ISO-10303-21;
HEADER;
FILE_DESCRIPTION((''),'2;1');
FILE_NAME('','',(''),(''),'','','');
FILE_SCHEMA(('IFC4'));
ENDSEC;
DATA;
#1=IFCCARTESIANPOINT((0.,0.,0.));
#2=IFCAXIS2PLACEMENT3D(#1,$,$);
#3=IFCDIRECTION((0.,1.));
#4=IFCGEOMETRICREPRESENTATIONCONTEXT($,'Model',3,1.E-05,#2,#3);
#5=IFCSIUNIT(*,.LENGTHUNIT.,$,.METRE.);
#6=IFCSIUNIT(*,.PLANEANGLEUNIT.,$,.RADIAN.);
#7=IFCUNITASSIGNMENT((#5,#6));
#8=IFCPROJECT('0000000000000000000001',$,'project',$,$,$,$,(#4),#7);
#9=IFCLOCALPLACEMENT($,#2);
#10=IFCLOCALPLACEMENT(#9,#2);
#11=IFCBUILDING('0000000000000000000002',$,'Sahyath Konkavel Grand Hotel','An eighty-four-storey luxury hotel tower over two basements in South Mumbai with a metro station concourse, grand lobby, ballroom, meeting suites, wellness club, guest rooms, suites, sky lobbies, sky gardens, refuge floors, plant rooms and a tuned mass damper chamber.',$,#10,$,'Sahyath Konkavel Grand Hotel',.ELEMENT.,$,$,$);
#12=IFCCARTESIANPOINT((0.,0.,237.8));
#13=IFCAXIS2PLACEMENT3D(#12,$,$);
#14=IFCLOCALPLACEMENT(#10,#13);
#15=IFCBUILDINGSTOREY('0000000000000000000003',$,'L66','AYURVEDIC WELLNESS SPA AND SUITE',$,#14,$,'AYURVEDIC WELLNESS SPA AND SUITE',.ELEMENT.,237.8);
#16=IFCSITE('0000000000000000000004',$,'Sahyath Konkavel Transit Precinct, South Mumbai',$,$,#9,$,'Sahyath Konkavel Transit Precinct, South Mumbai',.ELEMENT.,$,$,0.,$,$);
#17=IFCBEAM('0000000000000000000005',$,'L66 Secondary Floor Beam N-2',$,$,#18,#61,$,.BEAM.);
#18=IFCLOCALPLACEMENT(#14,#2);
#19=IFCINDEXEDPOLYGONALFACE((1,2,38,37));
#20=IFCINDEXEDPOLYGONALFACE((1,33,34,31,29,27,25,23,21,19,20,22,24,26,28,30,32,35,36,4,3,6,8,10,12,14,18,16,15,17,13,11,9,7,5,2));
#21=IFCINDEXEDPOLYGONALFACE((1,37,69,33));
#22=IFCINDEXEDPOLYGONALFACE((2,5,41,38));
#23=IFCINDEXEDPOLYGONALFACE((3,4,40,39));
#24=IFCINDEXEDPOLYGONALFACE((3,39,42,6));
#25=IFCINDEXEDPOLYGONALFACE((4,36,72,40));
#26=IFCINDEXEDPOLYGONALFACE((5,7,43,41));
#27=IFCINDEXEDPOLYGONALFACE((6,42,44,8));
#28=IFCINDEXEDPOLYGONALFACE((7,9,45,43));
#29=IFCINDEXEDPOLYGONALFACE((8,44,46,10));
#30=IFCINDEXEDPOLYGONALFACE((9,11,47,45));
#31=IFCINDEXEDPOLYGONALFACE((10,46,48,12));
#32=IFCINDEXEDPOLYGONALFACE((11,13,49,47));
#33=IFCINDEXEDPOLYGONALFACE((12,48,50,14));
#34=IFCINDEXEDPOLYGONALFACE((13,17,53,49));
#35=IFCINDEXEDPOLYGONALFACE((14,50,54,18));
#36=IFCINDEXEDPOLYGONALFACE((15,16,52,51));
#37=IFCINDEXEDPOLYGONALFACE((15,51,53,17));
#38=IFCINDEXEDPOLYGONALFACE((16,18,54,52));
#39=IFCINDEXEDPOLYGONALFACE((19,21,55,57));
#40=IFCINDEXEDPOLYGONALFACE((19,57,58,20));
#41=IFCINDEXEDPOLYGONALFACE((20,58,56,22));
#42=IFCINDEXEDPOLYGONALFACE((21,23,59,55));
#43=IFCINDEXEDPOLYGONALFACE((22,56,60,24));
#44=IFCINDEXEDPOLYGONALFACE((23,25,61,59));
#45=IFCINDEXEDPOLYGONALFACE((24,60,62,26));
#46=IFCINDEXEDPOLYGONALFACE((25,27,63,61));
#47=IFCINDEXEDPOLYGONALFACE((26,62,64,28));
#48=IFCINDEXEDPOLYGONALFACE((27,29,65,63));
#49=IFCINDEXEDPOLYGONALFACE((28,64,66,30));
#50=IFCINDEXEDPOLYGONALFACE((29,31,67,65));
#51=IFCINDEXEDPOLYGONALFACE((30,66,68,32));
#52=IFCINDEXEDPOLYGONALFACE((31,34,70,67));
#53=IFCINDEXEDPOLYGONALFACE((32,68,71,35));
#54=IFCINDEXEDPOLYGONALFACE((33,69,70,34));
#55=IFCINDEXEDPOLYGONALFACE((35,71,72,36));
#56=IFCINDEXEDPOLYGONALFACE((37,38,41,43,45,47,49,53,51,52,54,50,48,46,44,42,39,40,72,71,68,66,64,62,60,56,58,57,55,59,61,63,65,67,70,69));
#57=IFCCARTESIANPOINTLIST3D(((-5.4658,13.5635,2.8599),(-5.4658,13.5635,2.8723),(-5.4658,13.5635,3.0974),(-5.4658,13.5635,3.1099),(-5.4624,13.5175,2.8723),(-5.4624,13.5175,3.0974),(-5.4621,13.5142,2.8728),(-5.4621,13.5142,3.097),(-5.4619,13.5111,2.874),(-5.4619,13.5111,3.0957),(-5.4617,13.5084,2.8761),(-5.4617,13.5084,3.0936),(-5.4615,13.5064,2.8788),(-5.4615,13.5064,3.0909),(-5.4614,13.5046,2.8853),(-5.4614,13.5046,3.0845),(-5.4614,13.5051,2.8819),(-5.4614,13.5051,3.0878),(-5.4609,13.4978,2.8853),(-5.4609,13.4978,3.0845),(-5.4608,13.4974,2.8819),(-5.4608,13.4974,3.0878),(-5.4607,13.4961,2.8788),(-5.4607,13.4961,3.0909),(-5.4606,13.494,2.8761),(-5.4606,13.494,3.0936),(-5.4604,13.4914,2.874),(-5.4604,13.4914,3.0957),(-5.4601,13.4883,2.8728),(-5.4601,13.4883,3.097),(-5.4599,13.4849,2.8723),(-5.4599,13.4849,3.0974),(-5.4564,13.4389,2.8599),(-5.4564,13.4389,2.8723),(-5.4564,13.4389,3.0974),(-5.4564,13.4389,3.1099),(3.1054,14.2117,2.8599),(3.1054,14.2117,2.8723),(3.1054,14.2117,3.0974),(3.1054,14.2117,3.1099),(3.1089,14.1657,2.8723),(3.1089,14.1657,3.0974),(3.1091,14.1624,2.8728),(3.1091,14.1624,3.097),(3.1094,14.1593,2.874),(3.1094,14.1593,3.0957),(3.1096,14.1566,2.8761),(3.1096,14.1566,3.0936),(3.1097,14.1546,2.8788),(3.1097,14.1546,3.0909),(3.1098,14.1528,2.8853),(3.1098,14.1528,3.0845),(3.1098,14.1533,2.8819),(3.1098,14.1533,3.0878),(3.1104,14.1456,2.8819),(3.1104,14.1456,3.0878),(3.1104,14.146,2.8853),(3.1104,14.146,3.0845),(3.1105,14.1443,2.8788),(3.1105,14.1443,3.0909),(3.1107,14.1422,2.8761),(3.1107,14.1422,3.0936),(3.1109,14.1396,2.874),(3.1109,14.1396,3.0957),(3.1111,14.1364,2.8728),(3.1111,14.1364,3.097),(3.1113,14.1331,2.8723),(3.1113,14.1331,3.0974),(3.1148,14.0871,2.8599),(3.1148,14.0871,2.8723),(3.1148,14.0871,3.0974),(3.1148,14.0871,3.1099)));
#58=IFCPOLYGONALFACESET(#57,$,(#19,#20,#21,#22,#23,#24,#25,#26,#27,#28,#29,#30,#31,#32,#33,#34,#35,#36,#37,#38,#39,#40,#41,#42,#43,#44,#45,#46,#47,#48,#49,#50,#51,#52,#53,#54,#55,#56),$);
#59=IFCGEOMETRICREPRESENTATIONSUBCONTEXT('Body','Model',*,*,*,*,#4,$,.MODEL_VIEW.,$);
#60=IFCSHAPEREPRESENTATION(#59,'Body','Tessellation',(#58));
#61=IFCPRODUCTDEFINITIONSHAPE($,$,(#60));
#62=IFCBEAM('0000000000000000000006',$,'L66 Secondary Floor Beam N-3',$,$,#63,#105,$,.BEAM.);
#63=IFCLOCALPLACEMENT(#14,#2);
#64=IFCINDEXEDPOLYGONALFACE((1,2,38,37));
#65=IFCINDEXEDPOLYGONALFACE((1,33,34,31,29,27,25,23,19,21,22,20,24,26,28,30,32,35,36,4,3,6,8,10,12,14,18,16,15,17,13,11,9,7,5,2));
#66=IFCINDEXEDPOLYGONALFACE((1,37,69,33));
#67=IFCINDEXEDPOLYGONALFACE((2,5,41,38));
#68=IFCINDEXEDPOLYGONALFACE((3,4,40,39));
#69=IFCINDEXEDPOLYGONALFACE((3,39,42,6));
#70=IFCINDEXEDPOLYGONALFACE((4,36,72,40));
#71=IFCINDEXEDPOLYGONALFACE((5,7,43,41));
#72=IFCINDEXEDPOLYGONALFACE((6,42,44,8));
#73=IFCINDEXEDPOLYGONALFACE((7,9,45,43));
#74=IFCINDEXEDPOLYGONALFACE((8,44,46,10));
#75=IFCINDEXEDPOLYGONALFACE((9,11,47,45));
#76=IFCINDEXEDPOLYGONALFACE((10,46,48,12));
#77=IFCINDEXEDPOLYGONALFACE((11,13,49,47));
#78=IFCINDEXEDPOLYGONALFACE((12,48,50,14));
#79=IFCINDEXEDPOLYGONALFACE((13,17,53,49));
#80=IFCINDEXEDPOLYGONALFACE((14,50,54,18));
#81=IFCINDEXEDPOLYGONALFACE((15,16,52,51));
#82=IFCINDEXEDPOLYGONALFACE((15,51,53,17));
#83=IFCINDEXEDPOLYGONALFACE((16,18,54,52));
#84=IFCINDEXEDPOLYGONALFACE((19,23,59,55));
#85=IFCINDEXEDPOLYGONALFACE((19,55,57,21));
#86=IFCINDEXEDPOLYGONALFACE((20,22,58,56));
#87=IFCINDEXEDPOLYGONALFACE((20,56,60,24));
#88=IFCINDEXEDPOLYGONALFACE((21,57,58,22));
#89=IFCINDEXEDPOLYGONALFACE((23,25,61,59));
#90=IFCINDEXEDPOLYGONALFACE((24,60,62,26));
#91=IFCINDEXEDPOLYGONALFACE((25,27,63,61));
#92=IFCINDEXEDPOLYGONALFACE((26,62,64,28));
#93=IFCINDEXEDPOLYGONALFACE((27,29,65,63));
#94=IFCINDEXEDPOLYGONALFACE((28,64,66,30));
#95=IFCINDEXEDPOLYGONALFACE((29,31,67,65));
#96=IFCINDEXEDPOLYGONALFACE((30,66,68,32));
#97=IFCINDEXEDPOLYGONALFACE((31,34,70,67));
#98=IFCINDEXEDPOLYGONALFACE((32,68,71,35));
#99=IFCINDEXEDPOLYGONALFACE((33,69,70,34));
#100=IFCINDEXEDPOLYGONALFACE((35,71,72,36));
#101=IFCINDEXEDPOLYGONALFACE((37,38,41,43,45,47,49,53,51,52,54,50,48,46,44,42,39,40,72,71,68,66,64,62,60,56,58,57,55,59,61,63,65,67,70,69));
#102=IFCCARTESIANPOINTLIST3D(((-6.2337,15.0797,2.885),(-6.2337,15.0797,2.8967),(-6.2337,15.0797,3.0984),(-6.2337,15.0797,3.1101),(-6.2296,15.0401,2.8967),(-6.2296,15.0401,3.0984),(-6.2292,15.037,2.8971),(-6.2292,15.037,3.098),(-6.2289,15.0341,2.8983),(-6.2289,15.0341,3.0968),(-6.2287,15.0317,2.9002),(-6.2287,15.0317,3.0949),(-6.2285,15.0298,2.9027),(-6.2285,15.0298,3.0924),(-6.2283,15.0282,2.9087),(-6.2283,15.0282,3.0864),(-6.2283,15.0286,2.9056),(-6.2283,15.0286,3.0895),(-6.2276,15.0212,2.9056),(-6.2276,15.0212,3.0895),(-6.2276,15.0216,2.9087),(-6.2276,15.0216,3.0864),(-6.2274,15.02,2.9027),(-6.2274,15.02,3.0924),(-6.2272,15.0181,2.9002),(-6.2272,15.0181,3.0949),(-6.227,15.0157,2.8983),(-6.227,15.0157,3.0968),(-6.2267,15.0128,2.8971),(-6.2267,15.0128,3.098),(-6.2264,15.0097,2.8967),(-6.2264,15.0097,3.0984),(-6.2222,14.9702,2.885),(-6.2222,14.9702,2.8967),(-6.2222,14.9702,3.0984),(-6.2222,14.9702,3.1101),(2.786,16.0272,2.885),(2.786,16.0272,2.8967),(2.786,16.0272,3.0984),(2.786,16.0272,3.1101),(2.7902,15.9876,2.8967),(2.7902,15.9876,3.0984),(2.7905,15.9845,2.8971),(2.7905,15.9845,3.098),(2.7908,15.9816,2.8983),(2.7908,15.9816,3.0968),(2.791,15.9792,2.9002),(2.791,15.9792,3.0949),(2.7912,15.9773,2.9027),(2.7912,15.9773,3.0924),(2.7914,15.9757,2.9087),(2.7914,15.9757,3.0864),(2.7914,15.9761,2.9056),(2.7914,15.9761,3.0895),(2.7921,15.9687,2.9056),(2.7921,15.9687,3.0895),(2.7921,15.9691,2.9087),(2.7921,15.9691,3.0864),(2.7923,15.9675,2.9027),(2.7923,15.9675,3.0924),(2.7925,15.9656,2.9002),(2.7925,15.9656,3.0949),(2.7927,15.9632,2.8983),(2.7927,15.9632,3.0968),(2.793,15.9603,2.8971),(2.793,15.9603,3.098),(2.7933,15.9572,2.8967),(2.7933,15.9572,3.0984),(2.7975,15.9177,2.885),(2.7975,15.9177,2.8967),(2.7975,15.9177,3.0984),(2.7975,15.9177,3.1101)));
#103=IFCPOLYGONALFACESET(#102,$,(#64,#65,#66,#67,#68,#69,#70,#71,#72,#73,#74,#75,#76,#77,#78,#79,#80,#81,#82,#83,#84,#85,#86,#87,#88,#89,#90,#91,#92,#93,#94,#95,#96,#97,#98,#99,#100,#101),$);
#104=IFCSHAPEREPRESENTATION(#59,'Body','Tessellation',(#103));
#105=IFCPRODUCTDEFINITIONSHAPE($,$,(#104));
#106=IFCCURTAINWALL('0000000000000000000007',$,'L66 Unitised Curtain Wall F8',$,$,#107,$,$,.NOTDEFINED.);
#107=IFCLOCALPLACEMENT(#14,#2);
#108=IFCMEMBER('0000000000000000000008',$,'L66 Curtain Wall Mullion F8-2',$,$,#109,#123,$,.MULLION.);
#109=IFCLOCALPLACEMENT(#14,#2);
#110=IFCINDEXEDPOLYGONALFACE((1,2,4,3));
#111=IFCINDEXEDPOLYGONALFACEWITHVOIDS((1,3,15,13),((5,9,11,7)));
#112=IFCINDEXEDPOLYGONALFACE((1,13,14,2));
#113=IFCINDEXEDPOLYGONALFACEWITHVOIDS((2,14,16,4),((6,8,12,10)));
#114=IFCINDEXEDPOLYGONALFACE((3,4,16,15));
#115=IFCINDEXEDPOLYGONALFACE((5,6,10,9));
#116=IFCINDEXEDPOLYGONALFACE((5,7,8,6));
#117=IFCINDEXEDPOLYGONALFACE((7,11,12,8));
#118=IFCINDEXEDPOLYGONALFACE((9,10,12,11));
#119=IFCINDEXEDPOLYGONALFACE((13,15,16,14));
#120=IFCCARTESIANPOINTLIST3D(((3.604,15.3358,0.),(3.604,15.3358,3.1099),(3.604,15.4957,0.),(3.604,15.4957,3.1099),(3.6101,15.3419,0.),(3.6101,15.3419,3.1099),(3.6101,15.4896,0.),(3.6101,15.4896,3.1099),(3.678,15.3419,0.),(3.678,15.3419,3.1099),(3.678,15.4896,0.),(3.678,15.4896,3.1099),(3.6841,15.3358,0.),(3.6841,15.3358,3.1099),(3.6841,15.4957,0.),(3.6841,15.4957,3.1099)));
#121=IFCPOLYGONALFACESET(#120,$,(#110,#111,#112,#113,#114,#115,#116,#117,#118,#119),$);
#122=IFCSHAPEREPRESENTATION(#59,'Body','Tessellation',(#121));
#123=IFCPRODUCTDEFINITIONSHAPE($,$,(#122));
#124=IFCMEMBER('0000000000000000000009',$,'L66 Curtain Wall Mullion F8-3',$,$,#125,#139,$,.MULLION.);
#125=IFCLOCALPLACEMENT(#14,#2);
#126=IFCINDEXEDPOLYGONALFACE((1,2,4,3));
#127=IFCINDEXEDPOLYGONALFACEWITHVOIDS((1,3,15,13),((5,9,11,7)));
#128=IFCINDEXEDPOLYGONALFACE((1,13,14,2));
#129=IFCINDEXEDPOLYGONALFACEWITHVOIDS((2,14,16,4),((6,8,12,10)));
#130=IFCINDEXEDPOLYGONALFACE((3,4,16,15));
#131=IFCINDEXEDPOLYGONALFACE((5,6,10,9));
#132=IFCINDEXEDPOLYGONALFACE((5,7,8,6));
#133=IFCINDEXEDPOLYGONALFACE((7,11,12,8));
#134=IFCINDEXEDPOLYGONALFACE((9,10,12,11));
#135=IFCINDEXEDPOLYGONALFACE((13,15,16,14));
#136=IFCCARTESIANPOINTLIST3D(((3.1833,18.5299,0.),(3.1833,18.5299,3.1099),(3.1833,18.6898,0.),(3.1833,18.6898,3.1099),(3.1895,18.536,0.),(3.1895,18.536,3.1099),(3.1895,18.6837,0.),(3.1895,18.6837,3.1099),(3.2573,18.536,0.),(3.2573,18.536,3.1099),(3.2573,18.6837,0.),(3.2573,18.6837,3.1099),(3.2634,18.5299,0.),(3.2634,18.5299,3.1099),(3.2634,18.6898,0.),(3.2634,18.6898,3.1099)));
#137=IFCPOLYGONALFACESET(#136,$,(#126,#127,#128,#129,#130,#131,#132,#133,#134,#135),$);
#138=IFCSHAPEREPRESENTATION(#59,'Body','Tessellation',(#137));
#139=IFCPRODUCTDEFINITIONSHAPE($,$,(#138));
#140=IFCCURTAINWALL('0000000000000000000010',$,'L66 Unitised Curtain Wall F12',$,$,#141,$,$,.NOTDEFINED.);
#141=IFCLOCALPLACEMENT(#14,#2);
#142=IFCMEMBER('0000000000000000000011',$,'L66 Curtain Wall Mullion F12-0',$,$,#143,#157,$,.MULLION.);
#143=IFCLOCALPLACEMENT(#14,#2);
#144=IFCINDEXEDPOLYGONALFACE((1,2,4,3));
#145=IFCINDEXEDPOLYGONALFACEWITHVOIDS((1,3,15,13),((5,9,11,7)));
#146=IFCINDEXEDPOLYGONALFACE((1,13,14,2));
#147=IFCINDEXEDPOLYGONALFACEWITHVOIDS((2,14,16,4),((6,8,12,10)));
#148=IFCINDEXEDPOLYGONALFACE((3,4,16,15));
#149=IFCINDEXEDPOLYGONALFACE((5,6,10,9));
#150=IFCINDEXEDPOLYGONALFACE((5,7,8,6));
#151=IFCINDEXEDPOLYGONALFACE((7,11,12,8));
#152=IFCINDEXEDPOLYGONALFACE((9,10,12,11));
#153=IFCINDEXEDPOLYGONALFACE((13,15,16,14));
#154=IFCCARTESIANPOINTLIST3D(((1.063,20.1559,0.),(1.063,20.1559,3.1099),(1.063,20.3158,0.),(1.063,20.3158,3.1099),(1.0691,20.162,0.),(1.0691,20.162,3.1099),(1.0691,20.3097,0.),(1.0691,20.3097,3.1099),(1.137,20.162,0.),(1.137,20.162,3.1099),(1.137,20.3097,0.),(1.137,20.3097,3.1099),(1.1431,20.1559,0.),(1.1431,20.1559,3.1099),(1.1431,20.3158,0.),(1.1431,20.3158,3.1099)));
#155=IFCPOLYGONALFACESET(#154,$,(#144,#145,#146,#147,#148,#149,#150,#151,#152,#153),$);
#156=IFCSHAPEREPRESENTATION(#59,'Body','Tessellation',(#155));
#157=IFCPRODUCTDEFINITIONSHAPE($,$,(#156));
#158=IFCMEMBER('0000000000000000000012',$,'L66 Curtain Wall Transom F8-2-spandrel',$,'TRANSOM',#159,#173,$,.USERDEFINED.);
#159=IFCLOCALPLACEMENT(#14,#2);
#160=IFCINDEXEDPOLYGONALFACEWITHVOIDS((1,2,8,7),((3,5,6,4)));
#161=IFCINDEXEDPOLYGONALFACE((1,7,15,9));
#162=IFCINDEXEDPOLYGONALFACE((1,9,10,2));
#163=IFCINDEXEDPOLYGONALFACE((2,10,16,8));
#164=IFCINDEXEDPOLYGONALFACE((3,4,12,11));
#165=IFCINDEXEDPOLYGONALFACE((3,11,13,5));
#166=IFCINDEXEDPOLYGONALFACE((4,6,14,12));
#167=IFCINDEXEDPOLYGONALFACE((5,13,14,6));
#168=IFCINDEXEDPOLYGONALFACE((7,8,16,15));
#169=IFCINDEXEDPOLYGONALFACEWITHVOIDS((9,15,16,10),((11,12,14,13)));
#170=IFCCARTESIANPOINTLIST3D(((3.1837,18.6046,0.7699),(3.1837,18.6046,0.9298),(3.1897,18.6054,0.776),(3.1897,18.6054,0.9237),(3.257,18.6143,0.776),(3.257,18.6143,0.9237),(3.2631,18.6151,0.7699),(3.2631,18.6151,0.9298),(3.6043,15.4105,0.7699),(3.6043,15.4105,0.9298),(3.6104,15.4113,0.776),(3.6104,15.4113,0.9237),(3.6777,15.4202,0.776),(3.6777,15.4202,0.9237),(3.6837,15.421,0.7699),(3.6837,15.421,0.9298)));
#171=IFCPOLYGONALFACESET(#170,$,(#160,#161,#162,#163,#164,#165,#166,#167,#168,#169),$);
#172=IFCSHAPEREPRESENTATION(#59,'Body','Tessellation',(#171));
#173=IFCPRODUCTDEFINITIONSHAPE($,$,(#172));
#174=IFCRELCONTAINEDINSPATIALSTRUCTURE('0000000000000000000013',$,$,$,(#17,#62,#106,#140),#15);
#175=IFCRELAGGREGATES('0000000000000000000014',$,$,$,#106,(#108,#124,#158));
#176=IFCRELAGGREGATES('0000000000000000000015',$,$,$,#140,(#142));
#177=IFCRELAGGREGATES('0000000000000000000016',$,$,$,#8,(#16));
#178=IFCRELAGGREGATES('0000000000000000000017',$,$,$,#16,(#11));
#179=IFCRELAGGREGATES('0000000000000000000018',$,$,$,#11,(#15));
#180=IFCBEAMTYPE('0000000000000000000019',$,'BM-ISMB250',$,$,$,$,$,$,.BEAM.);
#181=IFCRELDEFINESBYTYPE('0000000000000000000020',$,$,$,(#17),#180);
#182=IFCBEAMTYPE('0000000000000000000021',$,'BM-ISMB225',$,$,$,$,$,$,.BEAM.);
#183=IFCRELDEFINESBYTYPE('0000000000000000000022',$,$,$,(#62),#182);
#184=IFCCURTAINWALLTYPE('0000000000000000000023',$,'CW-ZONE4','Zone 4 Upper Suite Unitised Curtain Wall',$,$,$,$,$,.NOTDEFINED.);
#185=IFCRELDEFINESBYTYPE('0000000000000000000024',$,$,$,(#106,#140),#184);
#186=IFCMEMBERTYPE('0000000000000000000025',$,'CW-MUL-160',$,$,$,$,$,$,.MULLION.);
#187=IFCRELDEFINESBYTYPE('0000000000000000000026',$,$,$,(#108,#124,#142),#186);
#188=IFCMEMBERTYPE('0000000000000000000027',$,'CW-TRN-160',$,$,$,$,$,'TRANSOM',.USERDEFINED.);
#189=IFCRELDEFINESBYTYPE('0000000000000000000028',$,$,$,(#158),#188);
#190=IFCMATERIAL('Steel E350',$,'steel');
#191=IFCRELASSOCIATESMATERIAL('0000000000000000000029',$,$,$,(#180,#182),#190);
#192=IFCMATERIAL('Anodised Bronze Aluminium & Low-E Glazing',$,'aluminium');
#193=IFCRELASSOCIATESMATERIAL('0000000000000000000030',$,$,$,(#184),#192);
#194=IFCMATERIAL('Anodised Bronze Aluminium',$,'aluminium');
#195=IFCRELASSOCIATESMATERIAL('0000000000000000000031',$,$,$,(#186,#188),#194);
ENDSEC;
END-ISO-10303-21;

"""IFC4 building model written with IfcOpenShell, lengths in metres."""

from ifc_helpers import new_model, si_unit, direction, frame, origin, origin_2d, place, context, subcontext, project, spatial, hollow_rectangle, i_section, extrude, source, transform, mapped, material, material_profile, profile_set, type_object, element, aggregate, save


model = new_model("IFC4")

# Units and contexts
model_context = context("Model", 3, precision=1e-05, world=origin(), true_north=direction((0.0, 1.0)))
body_context = subcontext(model_context, "Body", "Model", "MODEL_VIEW")
ifc_project = project(units=[si_unit("LENGTHUNIT", "METRE"), si_unit("PLANEANGLEUNIT", "RADIAN")], contexts=[model_context])

# Site, building, storey
site_placement = place(None, origin())
site = spatial("IfcSite", under=ifc_project, at=site_placement, Name="Sahyath Konkavel Transit Precinct, South Mumbai", LongName="Sahyath Konkavel Transit Precinct, South Mumbai", CompositionType="ELEMENT", RefElevation=0.0)
building_placement = place(site_placement, origin())
building = spatial("IfcBuilding", under=site, at=building_placement, Name="Sahyath Konkavel Grand Hotel", Description="An eighty-four-storey luxury hotel tower over two basements in South Mumbai with a metro station concourse, grand lobby, ballroom, meeting suites, wellness club, guest rooms, suites, sky lobbies, sky gardens, refuge floors, plant rooms and a tuned mass damper chamber.", LongName="Sahyath Konkavel Grand Hotel", CompositionType="ELEMENT")
storey_placement = place(building_placement, frame((0.0, 0.0, 237.8)))
storey = spatial("IfcBuildingStorey", under=building, at=storey_placement, Name="L66", Description="AYURVEDIC WELLNESS SPA AND SUITE", LongName="AYURVEDIC WELLNESS SPA AND SUITE", CompositionType="ELEMENT", Elevation=237.8)

# Beams
ifc_material_1 = material(Name="Steel E350", Category="steel")
ifc_material_profile_1 = material_profile(ifc_material_1, i_section(OverallWidth=0.125, OverallDepth=0.25, WebThickness=0.0068, FlangeThickness=0.0125, FilletRadius=0.0129, at=origin_2d()), Name="ISMB 250")
ifc_profile_set_1 = profile_set([ifc_material_profile_1], Name="Steel E350")
beam_type_1 = type_object("IfcBeamType", Name="BM-ISMB250", PredefinedType="BEAM", material=ifc_profile_set_1)
shared_shape_1 = source(origin(), body_context, "Body", "SweptSolid", [
    extrude(i_section(OverallWidth=0.125, OverallDepth=0.25, WebThickness=0.0068, FlangeThickness=0.0125, FilletRadius=0.0129, at=origin_2d()), origin(), (0.0, 0.0, 1.0), 8.5957),
])
beam_1_placement = place(storey_placement, frame((3.1101, 14.1494, 2.9849), z_axis=(-0.997153, -0.075408, 0.0), x_axis=(0.075408, -0.997153, 0.0)))
element("IfcBeam", 1, at=beam_1_placement, inside=storey, type_object=beam_type_1, Name="L66 Secondary Floor Beam N-2", PredefinedType="BEAM", context=body_context, shape_type="MappedRepresentation", body=[
    mapped(shared_shape_1, transform((0.0, 0.0, 0.0), scale=1.0)),
])
ifc_material_profile_2 = material_profile(ifc_material_1, i_section(OverallWidth=0.1101, OverallDepth=0.2251, WebThickness=0.0066, FlangeThickness=0.0117, FilletRadius=0.012, at=origin_2d()), Name="ISMB 225")
ifc_profile_set_2 = profile_set([ifc_material_profile_2], Name="Steel E350")
beam_type_2 = type_object("IfcBeamType", Name="BM-ISMB225", PredefinedType="BEAM", material=ifc_profile_set_2)
shared_shape_2 = source(origin(), body_context, "Body", "SweptSolid", [
    extrude(i_section(OverallWidth=0.1101, OverallDepth=0.2251, WebThickness=0.0066, FlangeThickness=0.0117, FilletRadius=0.012, at=origin_2d()), origin(), (0.0, 0.0, 1.0), 9.0693),
])
beam_2_placement = place(storey_placement, frame((2.7917, 15.9724, 2.9976), z_axis=(-0.994528, -0.104473, 0.0), x_axis=(0.104473, -0.994528, 0.0)))
element("IfcBeam", 2, at=beam_2_placement, inside=storey, type_object=beam_type_2, Name="L66 Secondary Floor Beam N-3", PredefinedType="BEAM", context=body_context, shape_type="MappedRepresentation", body=[
    mapped(shared_shape_2, transform((0.0, 0.0, 0.0), scale=1.0)),
])

# Curtain wall, members
ifc_material_2 = material(Name="Anodised Bronze Aluminium & Low-E Glazing", Category="aluminium")
curtain_wall_type = type_object("IfcCurtainWallType", Name="CW-ZONE4", Description="Zone 4 Upper Suite Unitised Curtain Wall", PredefinedType="NOTDEFINED", material=ifc_material_2)
curtain_wall_1_placement = place(storey_placement, origin())
curtain_wall_1 = element("IfcCurtainWall", 3, at=curtain_wall_1_placement, inside=storey, type_object=curtain_wall_type, Name="L66 Unitised Curtain Wall F8", PredefinedType="NOTDEFINED")
ifc_material_3 = material(Name="Anodised Bronze Aluminium", Category="aluminium")
ifc_material_profile_3 = material_profile(ifc_material_3, hollow_rectangle(XDim=0.0801, YDim=0.1599, WallThickness=0.0061, at=origin_2d()), Name="RHS 160x80x6")
ifc_profile_set_3 = profile_set([ifc_material_profile_3], Name="Anodised Bronze Aluminium")
member_type_1 = type_object("IfcMemberType", Name="CW-MUL-160", PredefinedType="MULLION", material=ifc_profile_set_3)
shared_shape_3 = source(origin(), body_context, "Body", "SweptSolid", [
    extrude(hollow_rectangle(XDim=0.0801, YDim=0.1599, WallThickness=0.0061, at=origin_2d()), origin(), (0.0, 0.0, 1.0), 3.1099),
])
member_1_placement = place(storey_placement, frame((3.644, 15.4158, 0.0), z_axis=(0.0, 0.0, 1.0), x_axis=(1.0, 0.0, 0.0)))
member_1 = element("IfcMember", 4, at=member_1_placement, type_object=member_type_1, Name="L66 Curtain Wall Mullion F8-2", PredefinedType="MULLION", context=body_context, shape_type="MappedRepresentation", body=[
    mapped(shared_shape_3, transform((0.0, 0.0, 0.0), scale=1.0)),
])
member_2_placement = place(storey_placement, frame((3.2234, 18.6099, 0.0), z_axis=(0.0, 0.0, 1.0), x_axis=(1.0, 0.0, 0.0)))
member_2 = element("IfcMember", 5, at=member_2_placement, type_object=member_type_1, Name="L66 Curtain Wall Mullion F8-3", PredefinedType="MULLION", context=body_context, shape_type="MappedRepresentation", body=[
    mapped(shared_shape_3, transform((0.0, 0.0, 0.0), scale=1.0)),
])

# Curtain wall, member
curtain_wall_2_placement = place(storey_placement, origin())
curtain_wall_2 = element("IfcCurtainWall", 6, at=curtain_wall_2_placement, inside=storey, type_object=curtain_wall_type, Name="L66 Unitised Curtain Wall F12", PredefinedType="NOTDEFINED")
member_3_placement = place(storey_placement, frame((1.103, 20.2358, 0.0), z_axis=(0.0, 0.0, 1.0), x_axis=(1.0, 0.0, 0.0)))
member_3 = element("IfcMember", 7, at=member_3_placement, type_object=member_type_1, Name="L66 Curtain Wall Mullion F12-0", PredefinedType="MULLION", context=body_context, shape_type="MappedRepresentation", body=[
    mapped(shared_shape_3, transform((0.0, 0.0, 0.0), scale=1.0)),
])

# Member
ifc_material_profile_4 = material_profile(ifc_material_3, hollow_rectangle(XDim=0.0801, YDim=0.1599, WallThickness=0.0061, at=origin_2d()), Name="RHS 160x80x6")
ifc_profile_set_4 = profile_set([ifc_material_profile_4], Name="Anodised Bronze Aluminium")
member_type_2 = type_object("IfcMemberType", Name="CW-TRN-160", ElementType="TRANSOM", PredefinedType="USERDEFINED", material=ifc_profile_set_4)
shared_shape_4 = source(origin(), body_context, "Body", "SweptSolid", [
    extrude(hollow_rectangle(XDim=0.0801, YDim=0.1599, WallThickness=0.0061, at=origin_2d()), origin(), (0.0, 0.0, 1.0), 3.2217),
])
member_4_placement = place(storey_placement, frame((3.644, 15.4158, 0.8499), z_axis=(-0.13057, 0.991439, 0.0), x_axis=(-0.991439, -0.13057, 0.0)))
member_4 = element("IfcMember", 8, at=member_4_placement, type_object=member_type_2, Name="L66 Curtain Wall Transom F8-2-spandrel", ObjectType="TRANSOM", PredefinedType="USERDEFINED", context=body_context, shape_type="MappedRepresentation", body=[
    mapped(shared_shape_4, transform((0.0, 0.0, 0.0), scale=1.0)),
])

aggregate(curtain_wall_1, [member_1, member_2, member_4])
aggregate(curtain_wall_2, [member_3])

save(model, "model.ifc")
